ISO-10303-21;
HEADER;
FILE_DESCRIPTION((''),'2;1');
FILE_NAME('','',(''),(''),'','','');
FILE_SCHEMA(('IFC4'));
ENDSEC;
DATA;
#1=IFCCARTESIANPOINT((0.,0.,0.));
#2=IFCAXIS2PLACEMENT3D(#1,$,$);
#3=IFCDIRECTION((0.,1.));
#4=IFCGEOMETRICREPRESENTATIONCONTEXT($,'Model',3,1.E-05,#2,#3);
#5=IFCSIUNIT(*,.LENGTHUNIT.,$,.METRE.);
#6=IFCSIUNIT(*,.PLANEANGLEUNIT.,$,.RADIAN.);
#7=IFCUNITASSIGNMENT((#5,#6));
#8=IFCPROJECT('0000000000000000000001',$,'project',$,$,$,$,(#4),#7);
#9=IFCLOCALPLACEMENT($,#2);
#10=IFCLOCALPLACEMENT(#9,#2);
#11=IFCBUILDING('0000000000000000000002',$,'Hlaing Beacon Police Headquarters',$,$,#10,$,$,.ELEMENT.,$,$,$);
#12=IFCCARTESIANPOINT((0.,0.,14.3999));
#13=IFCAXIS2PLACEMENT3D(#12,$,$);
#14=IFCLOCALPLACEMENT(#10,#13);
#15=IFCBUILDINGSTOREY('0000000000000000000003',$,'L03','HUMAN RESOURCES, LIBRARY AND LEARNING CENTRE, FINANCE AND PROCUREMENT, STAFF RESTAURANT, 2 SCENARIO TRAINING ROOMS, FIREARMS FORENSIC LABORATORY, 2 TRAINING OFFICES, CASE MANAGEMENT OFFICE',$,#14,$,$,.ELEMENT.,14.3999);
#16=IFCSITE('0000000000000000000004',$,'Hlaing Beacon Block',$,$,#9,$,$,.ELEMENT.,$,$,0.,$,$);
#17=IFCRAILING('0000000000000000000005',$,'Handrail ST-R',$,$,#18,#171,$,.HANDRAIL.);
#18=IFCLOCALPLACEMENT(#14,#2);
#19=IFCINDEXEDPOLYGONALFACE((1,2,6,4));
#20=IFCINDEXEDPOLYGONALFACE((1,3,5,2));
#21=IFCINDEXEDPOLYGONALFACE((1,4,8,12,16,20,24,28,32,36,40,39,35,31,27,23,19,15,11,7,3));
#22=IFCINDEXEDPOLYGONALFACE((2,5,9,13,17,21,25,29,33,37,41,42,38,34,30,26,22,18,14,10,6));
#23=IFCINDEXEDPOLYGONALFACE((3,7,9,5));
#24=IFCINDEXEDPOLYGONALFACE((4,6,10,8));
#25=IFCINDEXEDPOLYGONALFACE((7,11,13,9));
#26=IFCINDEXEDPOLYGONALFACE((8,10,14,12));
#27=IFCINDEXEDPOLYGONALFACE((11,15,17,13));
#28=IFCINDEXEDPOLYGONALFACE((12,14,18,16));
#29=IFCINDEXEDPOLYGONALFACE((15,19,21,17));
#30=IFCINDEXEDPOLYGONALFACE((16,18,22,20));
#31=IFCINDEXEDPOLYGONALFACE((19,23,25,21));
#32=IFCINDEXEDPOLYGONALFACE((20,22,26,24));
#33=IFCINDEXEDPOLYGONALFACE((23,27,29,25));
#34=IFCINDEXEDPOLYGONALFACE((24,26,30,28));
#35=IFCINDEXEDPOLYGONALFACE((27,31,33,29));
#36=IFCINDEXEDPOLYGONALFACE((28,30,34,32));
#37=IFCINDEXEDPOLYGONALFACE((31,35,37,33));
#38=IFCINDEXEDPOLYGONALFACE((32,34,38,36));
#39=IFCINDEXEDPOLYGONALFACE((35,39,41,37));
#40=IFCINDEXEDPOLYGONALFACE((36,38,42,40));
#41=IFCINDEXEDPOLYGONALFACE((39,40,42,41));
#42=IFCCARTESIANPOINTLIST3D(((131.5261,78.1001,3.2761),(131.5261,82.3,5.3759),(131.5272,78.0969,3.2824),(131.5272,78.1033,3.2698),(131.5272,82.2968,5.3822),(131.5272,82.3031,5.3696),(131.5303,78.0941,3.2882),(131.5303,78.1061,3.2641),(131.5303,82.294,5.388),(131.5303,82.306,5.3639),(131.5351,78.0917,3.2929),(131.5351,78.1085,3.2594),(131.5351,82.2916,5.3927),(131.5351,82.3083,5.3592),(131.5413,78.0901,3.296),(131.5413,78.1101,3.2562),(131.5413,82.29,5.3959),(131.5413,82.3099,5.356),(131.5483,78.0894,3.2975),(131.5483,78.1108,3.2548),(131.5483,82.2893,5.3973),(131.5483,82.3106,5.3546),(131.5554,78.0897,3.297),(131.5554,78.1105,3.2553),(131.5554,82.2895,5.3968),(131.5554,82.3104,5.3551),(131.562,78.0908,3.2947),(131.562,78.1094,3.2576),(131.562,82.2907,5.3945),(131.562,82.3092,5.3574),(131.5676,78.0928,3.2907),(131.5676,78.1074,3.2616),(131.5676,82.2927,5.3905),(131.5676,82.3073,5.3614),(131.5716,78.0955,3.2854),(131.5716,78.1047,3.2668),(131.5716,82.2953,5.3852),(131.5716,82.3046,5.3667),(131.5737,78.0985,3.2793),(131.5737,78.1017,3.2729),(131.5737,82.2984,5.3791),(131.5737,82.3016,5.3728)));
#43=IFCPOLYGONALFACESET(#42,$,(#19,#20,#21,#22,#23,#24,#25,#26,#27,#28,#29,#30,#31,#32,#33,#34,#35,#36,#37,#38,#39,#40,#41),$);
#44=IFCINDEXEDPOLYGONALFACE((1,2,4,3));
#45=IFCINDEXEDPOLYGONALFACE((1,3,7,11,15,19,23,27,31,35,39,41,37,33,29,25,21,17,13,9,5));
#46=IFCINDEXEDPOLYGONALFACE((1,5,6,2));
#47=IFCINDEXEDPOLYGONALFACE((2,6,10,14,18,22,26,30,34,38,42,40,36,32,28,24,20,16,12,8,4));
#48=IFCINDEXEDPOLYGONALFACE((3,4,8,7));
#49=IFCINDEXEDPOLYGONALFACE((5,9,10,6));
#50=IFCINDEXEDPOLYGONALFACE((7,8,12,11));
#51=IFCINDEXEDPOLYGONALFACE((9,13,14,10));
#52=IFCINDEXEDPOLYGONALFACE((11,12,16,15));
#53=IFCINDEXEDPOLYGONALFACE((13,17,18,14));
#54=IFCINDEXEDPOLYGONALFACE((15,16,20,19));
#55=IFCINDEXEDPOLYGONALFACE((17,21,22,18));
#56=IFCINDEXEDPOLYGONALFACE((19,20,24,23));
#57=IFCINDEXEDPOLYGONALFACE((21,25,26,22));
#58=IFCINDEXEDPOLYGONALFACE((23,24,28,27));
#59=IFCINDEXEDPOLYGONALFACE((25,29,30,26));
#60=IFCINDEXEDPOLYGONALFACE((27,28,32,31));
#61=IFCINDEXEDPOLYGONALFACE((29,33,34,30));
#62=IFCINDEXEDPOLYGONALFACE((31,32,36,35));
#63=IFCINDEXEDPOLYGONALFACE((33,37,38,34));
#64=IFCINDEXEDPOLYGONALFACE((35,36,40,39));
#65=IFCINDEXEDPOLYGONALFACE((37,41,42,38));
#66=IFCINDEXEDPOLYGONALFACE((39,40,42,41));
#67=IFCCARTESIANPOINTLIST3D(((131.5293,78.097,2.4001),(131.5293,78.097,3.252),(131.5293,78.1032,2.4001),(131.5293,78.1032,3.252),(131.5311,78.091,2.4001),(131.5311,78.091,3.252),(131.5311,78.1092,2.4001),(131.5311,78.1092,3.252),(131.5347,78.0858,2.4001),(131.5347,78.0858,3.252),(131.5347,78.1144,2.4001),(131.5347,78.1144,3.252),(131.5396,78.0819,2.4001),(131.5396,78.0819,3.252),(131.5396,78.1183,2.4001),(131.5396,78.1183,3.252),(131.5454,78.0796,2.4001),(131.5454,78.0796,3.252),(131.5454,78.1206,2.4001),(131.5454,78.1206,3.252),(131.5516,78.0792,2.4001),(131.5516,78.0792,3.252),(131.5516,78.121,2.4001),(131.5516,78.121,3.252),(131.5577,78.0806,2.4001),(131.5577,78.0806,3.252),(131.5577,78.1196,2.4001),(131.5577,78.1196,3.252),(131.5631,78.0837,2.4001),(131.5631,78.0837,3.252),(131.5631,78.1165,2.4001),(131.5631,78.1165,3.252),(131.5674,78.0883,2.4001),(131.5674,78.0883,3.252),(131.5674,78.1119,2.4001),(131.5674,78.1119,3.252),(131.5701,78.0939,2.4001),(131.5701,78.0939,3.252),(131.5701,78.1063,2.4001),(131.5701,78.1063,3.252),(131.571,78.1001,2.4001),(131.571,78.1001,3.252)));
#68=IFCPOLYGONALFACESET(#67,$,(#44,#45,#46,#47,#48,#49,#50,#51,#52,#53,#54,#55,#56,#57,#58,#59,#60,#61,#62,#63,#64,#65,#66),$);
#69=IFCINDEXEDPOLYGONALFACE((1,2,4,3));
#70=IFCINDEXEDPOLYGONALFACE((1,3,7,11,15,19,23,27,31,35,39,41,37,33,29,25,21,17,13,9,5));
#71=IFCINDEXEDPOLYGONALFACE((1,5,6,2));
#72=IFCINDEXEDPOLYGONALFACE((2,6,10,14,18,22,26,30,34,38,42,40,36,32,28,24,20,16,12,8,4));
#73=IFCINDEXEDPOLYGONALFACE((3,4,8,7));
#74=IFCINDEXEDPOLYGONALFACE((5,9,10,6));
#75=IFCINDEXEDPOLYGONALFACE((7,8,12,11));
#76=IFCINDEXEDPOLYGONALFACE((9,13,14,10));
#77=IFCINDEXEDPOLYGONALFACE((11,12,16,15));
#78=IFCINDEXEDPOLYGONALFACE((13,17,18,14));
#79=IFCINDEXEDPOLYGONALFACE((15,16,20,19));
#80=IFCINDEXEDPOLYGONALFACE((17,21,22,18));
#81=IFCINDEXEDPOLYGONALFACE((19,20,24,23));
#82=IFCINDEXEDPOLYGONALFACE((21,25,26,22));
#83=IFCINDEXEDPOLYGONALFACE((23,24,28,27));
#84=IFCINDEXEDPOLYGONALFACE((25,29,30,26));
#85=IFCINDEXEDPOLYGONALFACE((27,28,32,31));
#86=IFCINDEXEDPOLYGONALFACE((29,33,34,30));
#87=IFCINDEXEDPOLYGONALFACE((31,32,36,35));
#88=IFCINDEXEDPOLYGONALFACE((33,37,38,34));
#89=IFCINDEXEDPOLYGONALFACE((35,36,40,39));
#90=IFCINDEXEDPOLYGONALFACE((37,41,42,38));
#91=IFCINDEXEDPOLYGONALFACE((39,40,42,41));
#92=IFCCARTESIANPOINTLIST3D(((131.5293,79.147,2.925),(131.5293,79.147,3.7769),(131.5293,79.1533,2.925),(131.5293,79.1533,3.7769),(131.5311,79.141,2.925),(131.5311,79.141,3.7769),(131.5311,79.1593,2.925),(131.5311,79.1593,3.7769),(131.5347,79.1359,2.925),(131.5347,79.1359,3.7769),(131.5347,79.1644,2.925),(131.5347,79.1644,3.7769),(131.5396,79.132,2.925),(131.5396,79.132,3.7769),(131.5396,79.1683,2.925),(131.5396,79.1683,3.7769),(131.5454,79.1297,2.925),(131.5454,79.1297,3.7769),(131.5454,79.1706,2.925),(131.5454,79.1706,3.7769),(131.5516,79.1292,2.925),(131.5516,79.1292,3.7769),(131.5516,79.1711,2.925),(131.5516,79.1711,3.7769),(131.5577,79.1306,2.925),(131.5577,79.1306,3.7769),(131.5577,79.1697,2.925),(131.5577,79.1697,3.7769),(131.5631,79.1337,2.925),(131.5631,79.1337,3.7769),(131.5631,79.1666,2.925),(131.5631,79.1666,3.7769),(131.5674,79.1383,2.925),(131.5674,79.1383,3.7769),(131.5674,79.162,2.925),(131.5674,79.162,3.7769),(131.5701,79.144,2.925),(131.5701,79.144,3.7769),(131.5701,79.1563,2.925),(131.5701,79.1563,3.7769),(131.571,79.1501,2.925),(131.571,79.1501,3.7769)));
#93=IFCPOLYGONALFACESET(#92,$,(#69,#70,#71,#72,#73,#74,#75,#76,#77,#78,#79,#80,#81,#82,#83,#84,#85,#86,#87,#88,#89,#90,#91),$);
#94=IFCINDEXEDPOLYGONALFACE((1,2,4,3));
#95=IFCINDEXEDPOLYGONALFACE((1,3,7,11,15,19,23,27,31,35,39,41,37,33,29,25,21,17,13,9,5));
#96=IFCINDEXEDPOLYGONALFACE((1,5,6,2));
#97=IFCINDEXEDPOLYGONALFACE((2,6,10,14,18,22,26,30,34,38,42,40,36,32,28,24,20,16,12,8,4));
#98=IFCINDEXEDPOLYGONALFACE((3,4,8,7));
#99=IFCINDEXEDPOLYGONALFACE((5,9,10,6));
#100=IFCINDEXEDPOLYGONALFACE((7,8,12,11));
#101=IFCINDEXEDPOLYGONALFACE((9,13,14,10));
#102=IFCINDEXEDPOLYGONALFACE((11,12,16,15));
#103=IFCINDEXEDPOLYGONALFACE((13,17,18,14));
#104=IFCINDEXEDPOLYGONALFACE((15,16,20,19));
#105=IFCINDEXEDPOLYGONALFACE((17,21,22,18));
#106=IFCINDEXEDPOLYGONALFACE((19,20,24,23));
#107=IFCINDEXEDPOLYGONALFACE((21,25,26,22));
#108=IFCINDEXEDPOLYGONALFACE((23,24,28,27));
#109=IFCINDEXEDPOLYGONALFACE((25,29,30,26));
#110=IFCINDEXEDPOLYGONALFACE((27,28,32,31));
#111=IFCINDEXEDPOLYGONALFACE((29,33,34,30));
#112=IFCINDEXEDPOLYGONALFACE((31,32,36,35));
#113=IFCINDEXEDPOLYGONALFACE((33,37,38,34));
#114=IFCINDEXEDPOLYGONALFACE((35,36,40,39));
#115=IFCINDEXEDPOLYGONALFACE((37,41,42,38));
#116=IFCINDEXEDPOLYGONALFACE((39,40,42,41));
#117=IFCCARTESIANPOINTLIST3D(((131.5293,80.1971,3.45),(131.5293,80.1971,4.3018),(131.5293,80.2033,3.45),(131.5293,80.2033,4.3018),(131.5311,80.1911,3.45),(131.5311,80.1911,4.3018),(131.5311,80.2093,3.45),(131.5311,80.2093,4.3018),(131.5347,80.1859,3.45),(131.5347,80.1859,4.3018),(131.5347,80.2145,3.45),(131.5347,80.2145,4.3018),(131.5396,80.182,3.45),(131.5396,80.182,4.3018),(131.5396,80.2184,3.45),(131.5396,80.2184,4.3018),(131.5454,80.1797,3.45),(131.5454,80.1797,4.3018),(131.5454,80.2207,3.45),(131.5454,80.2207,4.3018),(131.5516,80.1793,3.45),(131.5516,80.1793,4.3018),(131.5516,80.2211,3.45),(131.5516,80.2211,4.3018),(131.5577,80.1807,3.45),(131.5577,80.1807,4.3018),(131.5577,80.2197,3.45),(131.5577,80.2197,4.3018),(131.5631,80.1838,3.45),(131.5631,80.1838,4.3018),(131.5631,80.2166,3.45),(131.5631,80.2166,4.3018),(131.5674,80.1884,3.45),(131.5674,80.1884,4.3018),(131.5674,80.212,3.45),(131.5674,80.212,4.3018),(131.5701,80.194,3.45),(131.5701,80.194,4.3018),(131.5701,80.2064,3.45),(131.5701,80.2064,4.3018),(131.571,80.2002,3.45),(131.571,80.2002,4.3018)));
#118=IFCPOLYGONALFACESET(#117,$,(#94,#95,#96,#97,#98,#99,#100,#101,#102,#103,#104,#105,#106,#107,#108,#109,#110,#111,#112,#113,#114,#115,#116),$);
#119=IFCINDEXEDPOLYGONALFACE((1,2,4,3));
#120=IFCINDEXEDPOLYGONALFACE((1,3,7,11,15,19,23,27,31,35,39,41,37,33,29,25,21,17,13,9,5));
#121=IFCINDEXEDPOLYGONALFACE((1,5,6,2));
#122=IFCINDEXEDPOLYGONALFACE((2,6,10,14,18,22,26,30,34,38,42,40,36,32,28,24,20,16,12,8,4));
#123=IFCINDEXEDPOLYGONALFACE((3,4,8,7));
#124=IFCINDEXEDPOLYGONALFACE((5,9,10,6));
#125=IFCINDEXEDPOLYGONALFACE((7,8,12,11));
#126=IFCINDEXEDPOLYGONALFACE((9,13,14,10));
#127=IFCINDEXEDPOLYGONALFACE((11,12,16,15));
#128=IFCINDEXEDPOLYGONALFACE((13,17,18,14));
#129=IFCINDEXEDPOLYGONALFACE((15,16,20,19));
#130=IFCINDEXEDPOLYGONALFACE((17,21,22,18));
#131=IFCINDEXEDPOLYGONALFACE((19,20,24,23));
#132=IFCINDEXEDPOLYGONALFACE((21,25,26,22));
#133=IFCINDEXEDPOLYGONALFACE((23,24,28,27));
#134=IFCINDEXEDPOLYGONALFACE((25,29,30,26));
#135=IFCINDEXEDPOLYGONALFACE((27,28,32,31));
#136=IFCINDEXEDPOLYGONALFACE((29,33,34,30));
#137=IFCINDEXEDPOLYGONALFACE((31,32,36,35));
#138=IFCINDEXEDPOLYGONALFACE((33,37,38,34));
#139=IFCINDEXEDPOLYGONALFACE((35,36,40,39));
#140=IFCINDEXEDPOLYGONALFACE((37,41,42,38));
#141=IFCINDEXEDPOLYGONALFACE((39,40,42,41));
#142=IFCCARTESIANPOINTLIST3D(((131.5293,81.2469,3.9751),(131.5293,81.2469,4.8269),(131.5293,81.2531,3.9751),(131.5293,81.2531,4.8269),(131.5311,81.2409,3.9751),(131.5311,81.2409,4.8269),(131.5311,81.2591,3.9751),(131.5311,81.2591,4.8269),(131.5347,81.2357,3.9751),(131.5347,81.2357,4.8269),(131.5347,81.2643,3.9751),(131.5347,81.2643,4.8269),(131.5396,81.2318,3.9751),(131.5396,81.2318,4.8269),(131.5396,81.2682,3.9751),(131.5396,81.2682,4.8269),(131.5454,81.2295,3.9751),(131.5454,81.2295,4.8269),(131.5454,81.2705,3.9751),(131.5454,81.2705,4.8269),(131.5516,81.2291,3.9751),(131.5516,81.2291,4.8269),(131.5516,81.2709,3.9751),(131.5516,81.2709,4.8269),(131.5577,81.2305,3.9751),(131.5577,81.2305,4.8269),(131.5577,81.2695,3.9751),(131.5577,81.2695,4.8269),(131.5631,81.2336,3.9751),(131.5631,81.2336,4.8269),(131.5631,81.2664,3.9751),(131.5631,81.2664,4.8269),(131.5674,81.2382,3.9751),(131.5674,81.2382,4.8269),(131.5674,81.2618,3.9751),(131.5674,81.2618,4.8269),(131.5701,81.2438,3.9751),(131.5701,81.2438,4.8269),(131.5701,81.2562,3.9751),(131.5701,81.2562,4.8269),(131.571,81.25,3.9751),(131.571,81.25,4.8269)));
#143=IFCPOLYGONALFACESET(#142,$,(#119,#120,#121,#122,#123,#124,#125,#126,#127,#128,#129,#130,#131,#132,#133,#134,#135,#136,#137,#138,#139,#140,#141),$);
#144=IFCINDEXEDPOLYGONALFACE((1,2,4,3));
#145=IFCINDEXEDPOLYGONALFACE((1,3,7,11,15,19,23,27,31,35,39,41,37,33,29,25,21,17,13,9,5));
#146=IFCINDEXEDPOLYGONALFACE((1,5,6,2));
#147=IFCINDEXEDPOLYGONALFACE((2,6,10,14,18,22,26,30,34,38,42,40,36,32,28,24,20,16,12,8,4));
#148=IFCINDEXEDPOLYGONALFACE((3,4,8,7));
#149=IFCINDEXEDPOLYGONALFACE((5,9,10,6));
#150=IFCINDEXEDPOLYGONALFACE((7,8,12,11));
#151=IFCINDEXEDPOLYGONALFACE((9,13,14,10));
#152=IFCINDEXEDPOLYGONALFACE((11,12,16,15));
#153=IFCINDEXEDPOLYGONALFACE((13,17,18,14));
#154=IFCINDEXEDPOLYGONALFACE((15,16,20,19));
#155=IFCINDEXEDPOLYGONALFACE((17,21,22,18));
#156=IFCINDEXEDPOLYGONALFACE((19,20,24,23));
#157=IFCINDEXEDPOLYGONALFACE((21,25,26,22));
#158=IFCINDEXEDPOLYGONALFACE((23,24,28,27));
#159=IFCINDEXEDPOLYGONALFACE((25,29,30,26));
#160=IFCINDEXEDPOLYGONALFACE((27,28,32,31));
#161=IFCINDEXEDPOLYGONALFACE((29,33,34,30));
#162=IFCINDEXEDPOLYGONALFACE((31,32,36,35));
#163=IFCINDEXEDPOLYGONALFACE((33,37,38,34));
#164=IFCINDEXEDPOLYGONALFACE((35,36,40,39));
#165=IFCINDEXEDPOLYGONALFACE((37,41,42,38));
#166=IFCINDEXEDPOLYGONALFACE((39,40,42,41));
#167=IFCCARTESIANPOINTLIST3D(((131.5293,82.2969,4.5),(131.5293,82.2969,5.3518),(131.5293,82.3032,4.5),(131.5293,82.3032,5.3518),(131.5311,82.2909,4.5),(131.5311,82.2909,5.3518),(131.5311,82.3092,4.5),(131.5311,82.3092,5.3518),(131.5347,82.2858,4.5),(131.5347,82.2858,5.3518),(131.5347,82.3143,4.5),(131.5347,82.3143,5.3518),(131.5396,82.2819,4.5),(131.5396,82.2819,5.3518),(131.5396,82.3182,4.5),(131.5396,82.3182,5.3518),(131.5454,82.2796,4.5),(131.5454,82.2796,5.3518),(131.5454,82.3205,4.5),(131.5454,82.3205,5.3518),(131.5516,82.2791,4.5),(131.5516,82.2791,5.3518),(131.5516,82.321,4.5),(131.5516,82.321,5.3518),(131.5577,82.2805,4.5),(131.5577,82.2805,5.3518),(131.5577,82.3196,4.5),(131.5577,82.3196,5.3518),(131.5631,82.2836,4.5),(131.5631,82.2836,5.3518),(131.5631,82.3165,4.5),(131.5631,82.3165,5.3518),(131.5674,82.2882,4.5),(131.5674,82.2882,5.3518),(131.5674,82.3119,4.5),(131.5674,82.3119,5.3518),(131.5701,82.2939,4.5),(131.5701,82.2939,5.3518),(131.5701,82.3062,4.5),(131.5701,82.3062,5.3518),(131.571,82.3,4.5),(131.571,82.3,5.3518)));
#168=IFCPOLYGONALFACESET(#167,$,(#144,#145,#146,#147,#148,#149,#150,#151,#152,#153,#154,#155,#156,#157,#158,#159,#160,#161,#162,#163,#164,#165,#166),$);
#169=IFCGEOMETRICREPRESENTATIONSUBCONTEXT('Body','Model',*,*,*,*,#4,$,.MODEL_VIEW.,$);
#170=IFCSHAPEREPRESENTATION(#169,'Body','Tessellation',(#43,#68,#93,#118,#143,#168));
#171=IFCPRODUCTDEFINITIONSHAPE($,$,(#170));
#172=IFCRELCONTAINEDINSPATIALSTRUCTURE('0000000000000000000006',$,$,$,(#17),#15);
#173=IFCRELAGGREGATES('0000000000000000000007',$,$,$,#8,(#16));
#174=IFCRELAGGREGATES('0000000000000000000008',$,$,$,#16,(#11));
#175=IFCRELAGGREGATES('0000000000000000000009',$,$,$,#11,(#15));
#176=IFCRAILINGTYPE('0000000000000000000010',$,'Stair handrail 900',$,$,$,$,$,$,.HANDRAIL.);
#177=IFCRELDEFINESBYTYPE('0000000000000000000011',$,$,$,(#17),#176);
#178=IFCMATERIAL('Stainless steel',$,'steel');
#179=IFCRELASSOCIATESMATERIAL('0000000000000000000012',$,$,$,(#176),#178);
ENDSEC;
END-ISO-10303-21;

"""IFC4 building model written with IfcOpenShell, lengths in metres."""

from ifc_helpers import new_model, si_unit, direction, frame, origin, origin_2d, place, context, subcontext, project, spatial, circle, extrude, material, type_object, element, save


model = new_model("IFC4")

# Units and contexts
model_context = context("Model", 3, precision=1e-05, world=origin(), true_north=direction((0.0, 1.0)))
body_context = subcontext(model_context, "Body", "Model", "MODEL_VIEW")
ifc_project = project(units=[si_unit("LENGTHUNIT", "METRE"), si_unit("PLANEANGLEUNIT", "RADIAN")], contexts=[model_context])

# Site, building, storey
site_placement = place(None, origin())
site = spatial("IfcSite", under=ifc_project, at=site_placement, Name="Hlaing Beacon Block", CompositionType="ELEMENT", RefElevation=0.0)
building_placement = place(site_placement, origin())
building = spatial("IfcBuilding", under=site, at=building_placement, Name="Hlaing Beacon Police Headquarters", CompositionType="ELEMENT")
storey_placement = place(building_placement, frame((0.0, 0.0, 14.3999)))
storey = spatial("IfcBuildingStorey", under=building, at=storey_placement, Name="L03", Description="HUMAN RESOURCES, LIBRARY AND LEARNING CENTRE, FINANCE AND PROCUREMENT, STAFF RESTAURANT, 2 SCENARIO TRAINING ROOMS, FIREARMS FORENSIC LABORATORY, 2 TRAINING OFFICES, CASE MANAGEMENT OFFICE", CompositionType="ELEMENT", Elevation=14.3999)

# Railing
ifc_material_1 = material(Name="Stainless steel", Category="steel")
railing_type = type_object("IfcRailingType", Name="Stair handrail 900", PredefinedType="HANDRAIL", material=ifc_material_1)
for number, where, name in (
    (1, (131.55, 78.1001, 2.4001), "Handrail ST-R"),
):
    element("IfcRailing", number, at=place(storey_placement, frame(where)), inside=storey, type_object=railing_type, Name=name, PredefinedType="HANDRAIL", context=body_context, shape_type="SweptSolid", body=[
        extrude(circle(Radius=0.0239, at=origin_2d()), frame((0.0, 0.0, 0.876), z_axis=(0.0, 0.894438, 0.447193), x_axis=(-1.0, 0.0, 0.0)), (0.0, 0.0, 1.0), 4.6956),
        extrude(circle(Radius=0.021, at=origin_2d()), origin(), (0.0, 0.0, 1.0), 0.8518),
        extrude(circle(Radius=0.021, at=origin_2d()), frame((0.0, 1.05, 0.5249)), (0.0, 0.0, 1.0), 0.8518),
        extrude(circle(Radius=0.021, at=origin_2d()), frame((0.0, 2.1001, 1.0498)), (0.0, 0.0, 1.0), 0.8518),
        extrude(circle(Radius=0.021, at=origin_2d()), frame((0.0, 3.1499, 1.575)), (0.0, 0.0, 1.0), 0.8518),
        extrude(circle(Radius=0.021, at=origin_2d()), frame((0.0, 4.2, 2.0999)), (0.0, 0.0, 1.0), 0.8518),
    ])

save(model, "model.ifc")
